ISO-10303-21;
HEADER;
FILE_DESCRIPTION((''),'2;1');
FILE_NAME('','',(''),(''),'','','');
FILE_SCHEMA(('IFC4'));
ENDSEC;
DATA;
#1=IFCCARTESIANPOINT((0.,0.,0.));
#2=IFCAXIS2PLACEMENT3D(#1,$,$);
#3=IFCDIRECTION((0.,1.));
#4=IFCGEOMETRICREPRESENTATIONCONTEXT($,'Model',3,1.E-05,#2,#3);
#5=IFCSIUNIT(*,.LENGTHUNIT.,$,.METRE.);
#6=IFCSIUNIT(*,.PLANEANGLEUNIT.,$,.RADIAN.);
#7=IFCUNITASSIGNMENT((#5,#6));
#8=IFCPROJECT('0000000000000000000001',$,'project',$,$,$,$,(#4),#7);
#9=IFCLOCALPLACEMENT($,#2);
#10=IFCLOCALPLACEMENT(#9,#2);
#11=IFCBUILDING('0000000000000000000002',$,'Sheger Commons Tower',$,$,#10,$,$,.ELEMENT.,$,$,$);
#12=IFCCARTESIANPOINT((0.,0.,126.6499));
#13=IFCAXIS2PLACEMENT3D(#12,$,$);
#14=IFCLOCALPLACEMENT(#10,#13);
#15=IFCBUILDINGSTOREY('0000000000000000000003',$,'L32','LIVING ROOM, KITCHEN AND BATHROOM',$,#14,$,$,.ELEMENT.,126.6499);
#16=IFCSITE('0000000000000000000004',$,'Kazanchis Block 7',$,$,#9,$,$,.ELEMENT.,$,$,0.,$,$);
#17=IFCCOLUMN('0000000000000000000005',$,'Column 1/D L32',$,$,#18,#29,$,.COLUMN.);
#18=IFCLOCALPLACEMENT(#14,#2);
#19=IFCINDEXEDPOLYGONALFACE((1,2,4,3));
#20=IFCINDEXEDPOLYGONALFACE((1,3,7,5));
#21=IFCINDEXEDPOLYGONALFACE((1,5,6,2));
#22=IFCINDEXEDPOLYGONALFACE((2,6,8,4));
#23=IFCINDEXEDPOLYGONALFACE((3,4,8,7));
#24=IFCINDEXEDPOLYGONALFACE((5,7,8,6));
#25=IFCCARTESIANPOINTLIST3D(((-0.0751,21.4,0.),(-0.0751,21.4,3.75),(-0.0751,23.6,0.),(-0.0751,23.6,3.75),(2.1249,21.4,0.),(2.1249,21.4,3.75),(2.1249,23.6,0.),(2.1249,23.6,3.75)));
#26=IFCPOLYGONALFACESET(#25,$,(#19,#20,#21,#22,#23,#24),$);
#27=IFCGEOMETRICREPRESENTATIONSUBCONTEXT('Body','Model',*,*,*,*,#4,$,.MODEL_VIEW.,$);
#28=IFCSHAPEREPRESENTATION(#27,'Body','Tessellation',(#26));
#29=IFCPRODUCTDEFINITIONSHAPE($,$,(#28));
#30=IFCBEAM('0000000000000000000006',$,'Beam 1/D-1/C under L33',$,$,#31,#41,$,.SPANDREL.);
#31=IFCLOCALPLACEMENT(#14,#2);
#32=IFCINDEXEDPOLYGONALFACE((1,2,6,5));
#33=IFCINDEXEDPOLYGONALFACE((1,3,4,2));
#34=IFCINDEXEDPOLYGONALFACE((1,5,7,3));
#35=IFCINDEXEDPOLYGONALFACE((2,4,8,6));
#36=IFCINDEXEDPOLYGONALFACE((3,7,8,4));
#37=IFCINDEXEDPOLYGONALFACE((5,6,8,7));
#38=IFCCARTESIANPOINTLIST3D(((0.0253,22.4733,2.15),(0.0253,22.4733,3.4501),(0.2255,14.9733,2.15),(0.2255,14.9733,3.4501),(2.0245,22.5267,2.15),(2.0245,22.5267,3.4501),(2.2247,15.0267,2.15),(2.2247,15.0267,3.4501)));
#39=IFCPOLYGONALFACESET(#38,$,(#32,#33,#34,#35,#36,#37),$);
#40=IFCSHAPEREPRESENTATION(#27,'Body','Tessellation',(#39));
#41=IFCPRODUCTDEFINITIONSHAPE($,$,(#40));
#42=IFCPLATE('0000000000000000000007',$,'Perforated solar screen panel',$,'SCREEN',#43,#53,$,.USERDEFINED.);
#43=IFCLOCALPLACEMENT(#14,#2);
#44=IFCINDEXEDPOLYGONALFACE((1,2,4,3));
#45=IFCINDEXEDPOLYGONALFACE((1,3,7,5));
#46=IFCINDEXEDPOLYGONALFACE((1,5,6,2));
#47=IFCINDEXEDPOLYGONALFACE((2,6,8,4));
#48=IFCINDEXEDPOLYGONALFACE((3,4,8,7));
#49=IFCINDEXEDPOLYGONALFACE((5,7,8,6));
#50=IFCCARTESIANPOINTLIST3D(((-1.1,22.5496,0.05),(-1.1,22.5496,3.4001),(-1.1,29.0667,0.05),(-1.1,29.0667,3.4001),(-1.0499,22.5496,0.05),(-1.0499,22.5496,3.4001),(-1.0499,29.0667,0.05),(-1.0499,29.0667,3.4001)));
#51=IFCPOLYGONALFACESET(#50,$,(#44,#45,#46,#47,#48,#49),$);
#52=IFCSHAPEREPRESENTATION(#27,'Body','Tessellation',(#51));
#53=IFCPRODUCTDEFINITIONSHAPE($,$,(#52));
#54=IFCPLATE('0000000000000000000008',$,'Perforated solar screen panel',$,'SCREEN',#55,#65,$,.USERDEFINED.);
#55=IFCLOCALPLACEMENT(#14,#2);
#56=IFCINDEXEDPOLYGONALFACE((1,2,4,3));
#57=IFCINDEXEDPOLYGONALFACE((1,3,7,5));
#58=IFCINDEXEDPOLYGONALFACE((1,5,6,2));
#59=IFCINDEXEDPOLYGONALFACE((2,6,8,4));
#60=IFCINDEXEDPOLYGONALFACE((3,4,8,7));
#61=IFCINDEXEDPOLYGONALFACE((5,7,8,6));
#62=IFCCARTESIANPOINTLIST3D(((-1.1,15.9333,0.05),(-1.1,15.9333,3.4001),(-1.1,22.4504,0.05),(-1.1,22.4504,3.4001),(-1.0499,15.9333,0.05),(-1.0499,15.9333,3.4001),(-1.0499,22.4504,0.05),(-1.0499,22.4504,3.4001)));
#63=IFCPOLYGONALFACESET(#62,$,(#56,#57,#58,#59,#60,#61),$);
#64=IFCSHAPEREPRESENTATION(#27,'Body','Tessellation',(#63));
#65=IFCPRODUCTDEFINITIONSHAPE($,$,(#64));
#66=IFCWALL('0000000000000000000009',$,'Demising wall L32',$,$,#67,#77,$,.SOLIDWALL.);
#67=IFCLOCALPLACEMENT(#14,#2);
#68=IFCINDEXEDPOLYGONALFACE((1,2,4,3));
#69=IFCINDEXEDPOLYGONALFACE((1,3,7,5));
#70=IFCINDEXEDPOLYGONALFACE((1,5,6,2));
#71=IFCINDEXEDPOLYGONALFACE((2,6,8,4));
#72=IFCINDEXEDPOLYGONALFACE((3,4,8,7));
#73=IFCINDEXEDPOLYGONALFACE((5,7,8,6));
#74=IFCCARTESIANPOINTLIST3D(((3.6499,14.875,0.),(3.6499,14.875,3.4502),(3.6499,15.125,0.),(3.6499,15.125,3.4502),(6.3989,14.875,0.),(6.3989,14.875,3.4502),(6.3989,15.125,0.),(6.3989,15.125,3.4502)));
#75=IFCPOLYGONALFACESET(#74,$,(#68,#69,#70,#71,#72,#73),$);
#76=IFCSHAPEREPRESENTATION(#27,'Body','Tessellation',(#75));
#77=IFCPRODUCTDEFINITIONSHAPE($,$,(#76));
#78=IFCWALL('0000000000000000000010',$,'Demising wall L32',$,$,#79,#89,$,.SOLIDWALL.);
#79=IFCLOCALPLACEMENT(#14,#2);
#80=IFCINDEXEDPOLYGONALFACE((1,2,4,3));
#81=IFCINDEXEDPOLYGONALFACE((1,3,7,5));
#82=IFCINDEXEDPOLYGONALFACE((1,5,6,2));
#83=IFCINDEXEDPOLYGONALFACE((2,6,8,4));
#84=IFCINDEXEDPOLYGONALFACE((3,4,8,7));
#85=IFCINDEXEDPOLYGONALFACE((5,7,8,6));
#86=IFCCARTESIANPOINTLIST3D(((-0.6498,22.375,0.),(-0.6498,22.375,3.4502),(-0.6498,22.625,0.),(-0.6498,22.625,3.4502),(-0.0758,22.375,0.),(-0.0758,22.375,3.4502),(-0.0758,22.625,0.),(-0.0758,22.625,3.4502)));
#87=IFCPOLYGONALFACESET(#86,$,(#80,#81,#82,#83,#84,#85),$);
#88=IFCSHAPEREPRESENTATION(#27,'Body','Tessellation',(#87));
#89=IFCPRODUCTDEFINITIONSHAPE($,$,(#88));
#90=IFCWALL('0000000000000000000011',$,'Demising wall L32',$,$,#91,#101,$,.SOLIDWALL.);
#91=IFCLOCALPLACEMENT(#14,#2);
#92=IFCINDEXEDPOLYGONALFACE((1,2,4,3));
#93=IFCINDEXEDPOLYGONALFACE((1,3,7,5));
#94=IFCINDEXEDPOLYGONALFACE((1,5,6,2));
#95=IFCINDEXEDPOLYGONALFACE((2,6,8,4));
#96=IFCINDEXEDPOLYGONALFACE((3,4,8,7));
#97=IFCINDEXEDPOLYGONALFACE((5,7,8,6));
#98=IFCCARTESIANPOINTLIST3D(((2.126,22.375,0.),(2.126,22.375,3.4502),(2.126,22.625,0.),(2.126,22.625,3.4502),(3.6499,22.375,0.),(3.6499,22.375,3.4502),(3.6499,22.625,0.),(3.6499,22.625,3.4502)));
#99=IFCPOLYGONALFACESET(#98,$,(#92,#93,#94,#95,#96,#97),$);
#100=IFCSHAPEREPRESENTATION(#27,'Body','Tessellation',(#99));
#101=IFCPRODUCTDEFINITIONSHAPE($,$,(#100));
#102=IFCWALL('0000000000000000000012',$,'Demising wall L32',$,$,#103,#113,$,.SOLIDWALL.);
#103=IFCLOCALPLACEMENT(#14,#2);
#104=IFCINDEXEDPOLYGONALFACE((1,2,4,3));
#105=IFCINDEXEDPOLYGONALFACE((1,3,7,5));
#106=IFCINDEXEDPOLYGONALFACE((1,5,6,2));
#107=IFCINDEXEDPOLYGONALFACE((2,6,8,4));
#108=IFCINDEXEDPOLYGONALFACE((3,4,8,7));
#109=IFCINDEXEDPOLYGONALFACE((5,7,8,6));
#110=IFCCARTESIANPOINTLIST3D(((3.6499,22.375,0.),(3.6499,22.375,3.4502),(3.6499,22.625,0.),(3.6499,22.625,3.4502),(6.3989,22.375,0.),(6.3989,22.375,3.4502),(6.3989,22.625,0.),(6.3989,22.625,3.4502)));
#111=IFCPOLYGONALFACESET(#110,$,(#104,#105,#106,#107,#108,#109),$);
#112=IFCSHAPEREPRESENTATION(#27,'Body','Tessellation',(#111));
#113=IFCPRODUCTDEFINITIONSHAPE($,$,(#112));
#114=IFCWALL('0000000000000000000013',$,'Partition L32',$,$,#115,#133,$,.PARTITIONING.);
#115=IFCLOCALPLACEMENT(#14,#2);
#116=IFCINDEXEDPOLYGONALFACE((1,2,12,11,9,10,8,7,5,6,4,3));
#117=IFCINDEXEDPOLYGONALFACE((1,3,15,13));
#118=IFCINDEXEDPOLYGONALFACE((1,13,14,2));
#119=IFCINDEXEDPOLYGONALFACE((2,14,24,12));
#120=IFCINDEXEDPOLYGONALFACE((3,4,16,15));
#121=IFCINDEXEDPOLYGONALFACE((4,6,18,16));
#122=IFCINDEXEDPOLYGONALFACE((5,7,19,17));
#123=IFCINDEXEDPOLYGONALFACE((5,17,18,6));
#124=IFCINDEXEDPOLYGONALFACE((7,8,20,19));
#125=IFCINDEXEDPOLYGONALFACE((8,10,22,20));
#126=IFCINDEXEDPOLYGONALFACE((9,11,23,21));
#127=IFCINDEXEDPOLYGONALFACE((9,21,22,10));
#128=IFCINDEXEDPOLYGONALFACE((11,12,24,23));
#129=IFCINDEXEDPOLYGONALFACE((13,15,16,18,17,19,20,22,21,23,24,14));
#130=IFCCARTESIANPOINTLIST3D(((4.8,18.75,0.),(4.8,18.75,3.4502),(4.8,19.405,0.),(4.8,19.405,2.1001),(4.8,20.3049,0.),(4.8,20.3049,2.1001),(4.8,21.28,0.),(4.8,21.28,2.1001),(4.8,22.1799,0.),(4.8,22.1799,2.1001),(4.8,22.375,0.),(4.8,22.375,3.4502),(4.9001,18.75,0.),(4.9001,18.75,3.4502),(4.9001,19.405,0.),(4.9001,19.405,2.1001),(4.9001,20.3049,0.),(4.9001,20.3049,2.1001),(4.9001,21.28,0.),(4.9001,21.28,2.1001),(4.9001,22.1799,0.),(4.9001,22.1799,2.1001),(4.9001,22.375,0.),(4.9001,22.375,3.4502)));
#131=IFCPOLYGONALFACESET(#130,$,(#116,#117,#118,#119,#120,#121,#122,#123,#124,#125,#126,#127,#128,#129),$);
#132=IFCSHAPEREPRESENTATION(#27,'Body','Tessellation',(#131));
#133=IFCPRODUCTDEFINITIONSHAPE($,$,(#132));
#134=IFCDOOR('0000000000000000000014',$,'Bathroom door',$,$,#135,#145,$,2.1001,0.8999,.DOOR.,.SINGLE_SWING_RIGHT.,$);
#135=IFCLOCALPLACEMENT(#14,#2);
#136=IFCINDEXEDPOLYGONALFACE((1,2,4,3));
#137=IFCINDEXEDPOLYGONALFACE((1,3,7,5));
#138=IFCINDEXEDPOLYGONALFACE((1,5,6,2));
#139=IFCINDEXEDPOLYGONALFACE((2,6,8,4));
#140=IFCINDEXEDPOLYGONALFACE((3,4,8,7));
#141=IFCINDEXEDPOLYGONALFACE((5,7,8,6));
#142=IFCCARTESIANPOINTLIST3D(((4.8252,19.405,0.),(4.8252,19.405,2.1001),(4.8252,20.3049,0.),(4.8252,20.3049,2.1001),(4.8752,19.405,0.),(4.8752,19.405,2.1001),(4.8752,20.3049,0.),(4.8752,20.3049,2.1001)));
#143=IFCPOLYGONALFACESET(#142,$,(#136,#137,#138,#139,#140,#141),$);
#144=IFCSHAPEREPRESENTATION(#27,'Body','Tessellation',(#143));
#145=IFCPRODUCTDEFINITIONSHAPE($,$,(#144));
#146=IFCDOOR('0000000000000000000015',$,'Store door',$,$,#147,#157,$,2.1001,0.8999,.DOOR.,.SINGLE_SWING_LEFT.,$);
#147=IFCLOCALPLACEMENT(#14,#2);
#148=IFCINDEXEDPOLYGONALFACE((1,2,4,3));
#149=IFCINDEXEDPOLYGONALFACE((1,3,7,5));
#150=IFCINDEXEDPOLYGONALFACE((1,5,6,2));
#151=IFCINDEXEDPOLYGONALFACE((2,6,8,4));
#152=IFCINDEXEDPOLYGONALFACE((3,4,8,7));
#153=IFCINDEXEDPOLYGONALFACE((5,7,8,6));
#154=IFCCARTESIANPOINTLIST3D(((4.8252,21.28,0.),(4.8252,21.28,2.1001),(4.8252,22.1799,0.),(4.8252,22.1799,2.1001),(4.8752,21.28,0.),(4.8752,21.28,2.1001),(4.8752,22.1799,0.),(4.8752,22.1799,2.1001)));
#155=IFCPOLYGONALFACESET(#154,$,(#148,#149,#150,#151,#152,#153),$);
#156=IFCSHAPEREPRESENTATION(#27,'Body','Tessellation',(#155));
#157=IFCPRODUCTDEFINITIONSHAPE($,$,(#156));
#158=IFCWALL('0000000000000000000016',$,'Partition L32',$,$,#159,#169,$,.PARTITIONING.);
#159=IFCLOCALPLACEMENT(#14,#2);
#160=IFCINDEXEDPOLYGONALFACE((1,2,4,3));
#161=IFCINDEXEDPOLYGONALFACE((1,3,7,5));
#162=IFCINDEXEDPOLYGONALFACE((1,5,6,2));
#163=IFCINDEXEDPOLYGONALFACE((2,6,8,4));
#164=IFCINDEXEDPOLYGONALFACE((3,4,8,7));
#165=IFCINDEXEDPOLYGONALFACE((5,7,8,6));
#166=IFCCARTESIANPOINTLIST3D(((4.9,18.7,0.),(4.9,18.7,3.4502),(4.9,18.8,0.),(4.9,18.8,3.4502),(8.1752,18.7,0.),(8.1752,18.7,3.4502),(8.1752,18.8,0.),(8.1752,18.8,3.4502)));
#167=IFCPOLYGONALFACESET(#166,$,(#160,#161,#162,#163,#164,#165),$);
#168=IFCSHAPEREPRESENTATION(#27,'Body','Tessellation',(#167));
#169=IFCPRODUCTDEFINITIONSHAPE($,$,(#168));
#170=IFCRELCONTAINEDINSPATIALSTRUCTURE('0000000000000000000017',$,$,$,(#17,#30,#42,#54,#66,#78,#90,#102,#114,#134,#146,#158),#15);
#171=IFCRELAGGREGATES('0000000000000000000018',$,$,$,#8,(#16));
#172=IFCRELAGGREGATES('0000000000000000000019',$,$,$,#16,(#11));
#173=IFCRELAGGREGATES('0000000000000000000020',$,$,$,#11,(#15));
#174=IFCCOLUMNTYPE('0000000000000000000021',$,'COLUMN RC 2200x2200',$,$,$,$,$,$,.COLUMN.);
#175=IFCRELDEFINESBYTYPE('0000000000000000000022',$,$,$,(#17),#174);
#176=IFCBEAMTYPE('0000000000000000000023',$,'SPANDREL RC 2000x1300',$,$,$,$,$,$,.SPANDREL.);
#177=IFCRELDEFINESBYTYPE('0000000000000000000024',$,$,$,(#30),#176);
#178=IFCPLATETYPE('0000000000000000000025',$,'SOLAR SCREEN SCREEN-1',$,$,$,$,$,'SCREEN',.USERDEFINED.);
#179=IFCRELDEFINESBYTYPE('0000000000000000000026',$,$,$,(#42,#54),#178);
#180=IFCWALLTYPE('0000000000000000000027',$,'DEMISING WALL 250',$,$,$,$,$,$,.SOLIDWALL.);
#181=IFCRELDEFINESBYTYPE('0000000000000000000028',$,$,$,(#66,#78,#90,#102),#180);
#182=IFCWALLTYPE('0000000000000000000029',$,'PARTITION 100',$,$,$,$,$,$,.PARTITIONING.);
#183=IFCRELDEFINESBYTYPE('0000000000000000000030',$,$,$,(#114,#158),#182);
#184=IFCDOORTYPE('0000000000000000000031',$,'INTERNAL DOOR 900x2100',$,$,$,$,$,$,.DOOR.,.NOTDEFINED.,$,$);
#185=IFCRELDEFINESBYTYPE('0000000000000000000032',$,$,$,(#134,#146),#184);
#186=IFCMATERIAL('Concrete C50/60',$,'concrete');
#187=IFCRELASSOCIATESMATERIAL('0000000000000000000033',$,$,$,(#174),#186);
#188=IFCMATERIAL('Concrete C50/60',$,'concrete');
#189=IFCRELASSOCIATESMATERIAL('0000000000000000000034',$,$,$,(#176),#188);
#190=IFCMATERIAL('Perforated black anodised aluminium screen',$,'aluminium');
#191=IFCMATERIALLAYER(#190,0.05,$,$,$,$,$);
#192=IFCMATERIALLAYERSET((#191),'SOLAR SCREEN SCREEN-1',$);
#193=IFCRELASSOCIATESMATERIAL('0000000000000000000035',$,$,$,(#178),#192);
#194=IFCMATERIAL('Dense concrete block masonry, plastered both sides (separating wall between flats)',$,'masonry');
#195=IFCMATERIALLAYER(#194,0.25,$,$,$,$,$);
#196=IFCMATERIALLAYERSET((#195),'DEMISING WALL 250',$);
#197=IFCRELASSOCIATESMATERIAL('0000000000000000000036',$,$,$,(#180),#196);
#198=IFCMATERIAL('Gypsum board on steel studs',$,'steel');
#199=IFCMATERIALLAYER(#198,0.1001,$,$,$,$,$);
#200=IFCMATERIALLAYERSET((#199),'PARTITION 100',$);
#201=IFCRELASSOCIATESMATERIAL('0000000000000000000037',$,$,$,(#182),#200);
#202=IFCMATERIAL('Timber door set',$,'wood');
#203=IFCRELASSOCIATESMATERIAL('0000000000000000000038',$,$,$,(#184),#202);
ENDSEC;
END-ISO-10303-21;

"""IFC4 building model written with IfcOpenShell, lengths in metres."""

from ifc_helpers import new_model, si_unit, direction, frame, frame_2d, origin, origin_2d, place, context, subcontext, project, spatial, rectangle, extrude, material, layer, layer_set, material_profile, profile_set, type_object, element, fill, save


model = new_model("IFC4")

# Units and contexts
model_context = context("Model", 3, precision=1e-05, world=origin(), true_north=direction((0.0, 1.0)))
body_context = subcontext(model_context, "Body", "Model", "MODEL_VIEW")
ifc_project = project(units=[si_unit("LENGTHUNIT", "METRE"), si_unit("PLANEANGLEUNIT", "RADIAN")], contexts=[model_context])

# Site, building, storey
site_placement = place(None, origin())
site = spatial("IfcSite", under=ifc_project, at=site_placement, Name="Kazanchis Block 7", CompositionType="ELEMENT", RefElevation=0.0)
building_placement = place(site_placement, origin())
building = spatial("IfcBuilding", under=site, at=building_placement, Name="Sheger Commons Tower", CompositionType="ELEMENT")
storey_placement = place(building_placement, frame((0.0, 0.0, 126.6499)))
storey = spatial("IfcBuildingStorey", under=building, at=storey_placement, Name="L32", Description="LIVING ROOM, KITCHEN AND BATHROOM", CompositionType="ELEMENT", Elevation=126.6499)

# Column
ifc_material_1 = material(Name="Concrete C50/60", Category="concrete")
ifc_material_profile_1 = material_profile(ifc_material_1, rectangle(XDim=2.2, YDim=2.2, at=origin_2d()), Name="RC 2200x2200")
ifc_profile_set_1 = profile_set([ifc_material_profile_1], Name="Concrete C50/60")
column_type = type_object("IfcColumnType", Name="COLUMN RC 2200x2200", PredefinedType="COLUMN", material=ifc_profile_set_1)
column_placement = place(storey_placement, frame((1.0249, 22.5, 0.0), z_axis=(0.0, 0.0, 1.0), x_axis=(1.0, 0.0, 0.0)))
element("IfcColumn", 1, at=column_placement, inside=storey, type_object=column_type, Name="Column 1/D L32", PredefinedType="COLUMN", context=body_context, shape_type="SweptSolid", body=[
    extrude(rectangle(XDim=2.2, YDim=2.2, at=origin_2d()), origin(), (0.0, 0.0, 1.0), 3.75),
])

# Beam
ifc_material_2 = material(Name="Concrete C50/60", Category="concrete")
ifc_material_profile_2 = material_profile(ifc_material_2, rectangle(XDim=2.0, YDim=1.3, at=origin_2d()), Name="RC 2000x1300")
ifc_profile_set_2 = profile_set([ifc_material_profile_2], Name="Concrete C50/60")
beam_type = type_object("IfcBeamType", Name="SPANDREL RC 2000x1300", PredefinedType="SPANDREL", material=ifc_profile_set_2)
beam_placement = place(storey_placement, frame((1.0249, 22.5, 2.8), z_axis=(0.026683, -0.999644, 0.0), x_axis=(0.999644, 0.026683, 0.0)))
element("IfcBeam", 2, at=beam_placement, inside=storey, type_object=beam_type, Name="Beam 1/D-1/C under L33", PredefinedType="SPANDREL", context=body_context, shape_type="SweptSolid", body=[
    extrude(rectangle(XDim=2.0, YDim=1.3, at=origin_2d()), origin(), (0.0, 0.0, 1.0), 7.5027),
])

# Plates
ifc_material_3 = material(Name="Perforated black anodised aluminium screen", Category="aluminium")
ifc_layer_1 = layer(ifc_material_3, 0.05)
ifc_layer_set_1 = layer_set([ifc_layer_1], Name="SOLAR SCREEN SCREEN-1")
plate_type = type_object("IfcPlateType", Name="SOLAR SCREEN SCREEN-1", ElementType="SCREEN", PredefinedType="USERDEFINED", material=ifc_layer_set_1)
for number, where, z_axis, x_axis, name in (
    (3, (-1.075, 25.8081, 0.05), (0.0, 0.0, 1.0), (0.0, -1.0, 0.0), "Perforated solar screen panel"),
    (4, (-1.075, 19.1919, 0.05), (0.0, 0.0, 1.0), (0.0, -1.0, 0.0), "Perforated solar screen panel"),
):
    element("IfcPlate", number, at=place(storey_placement, frame(where, z_axis=z_axis, x_axis=x_axis)), inside=storey, type_object=plate_type, Name=name, ObjectType="SCREEN", PredefinedType="USERDEFINED", context=body_context, shape_type="SweptSolid", body=[
        extrude(rectangle(XDim=6.5171, YDim=0.05, at=origin_2d()), origin(), (0.0, 0.0, 1.0), 3.3501),
    ])

# Walls
ifc_material_4 = material(Name="Dense concrete block masonry, plastered both sides (separating wall between flats)", Category="masonry")
ifc_layer_2 = layer(ifc_material_4, 0.25)
ifc_layer_set_2 = layer_set([ifc_layer_2], Name="DEMISING WALL 250")
wall_type_1 = type_object("IfcWallType", Name="DEMISING WALL 250", PredefinedType="SOLIDWALL", material=ifc_layer_set_2)
wall_1_placement = place(storey_placement, frame((3.6499, 15.0, 0.0), z_axis=(0.0, 0.0, 1.0), x_axis=(1.0, 0.0, 0.0)))
element("IfcWall", 5, at=wall_1_placement, inside=storey, type_object=wall_type_1, Name="Demising wall L32", PredefinedType="SOLIDWALL", context=body_context, shape_type="SweptSolid", body=[
    extrude(rectangle(XDim=2.749, YDim=0.25, at=frame_2d((1.3745, 0.0))), origin(), (0.0, 0.0, 1.0), 3.4502),
])
wall_2_placement = place(storey_placement, frame((-0.6499, 22.5, 0.0), z_axis=(0.0, 0.0, 1.0), x_axis=(1.0, 0.0, 0.0)))
element("IfcWall", 6, at=wall_2_placement, inside=storey, type_object=wall_type_1, Name="Demising wall L32", PredefinedType="SOLIDWALL", context=body_context, shape_type="SweptSolid", body=[
    extrude(rectangle(XDim=0.574, YDim=0.25, at=frame_2d((0.2871, 0.0))), origin(), (0.0, 0.0, 1.0), 3.4502),
])
wall_3_placement = place(storey_placement, frame((2.126, 22.5, 0.0), z_axis=(0.0, 0.0, 1.0), x_axis=(1.0, 0.0, 0.0)))
element("IfcWall", 7, at=wall_3_placement, inside=storey, type_object=wall_type_1, Name="Demising wall L32", PredefinedType="SOLIDWALL", context=body_context, shape_type="SweptSolid", body=[
    extrude(rectangle(XDim=1.5239, YDim=0.25, at=frame_2d((0.762, 0.0))), origin(), (0.0, 0.0, 1.0), 3.4502),
])
wall_4_placement = place(storey_placement, frame((3.6499, 22.5, 0.0), z_axis=(0.0, 0.0, 1.0), x_axis=(1.0, 0.0, 0.0)))
element("IfcWall", 8, at=wall_4_placement, inside=storey, type_object=wall_type_1, Name="Demising wall L32", PredefinedType="SOLIDWALL", context=body_context, shape_type="SweptSolid", body=[
    extrude(rectangle(XDim=2.749, YDim=0.25, at=frame_2d((1.3745, 0.0))), origin(), (0.0, 0.0, 1.0), 3.4502),
])

# Wall, openings, doors
ifc_material_5 = material(Name="Gypsum board on steel studs", Category="steel")
ifc_layer_3 = layer(ifc_material_5, 0.1001)
ifc_layer_set_3 = layer_set([ifc_layer_3], Name="PARTITION 100")
wall_type_2 = type_object("IfcWallType", Name="PARTITION 100", PredefinedType="PARTITIONING", material=ifc_layer_set_3)
wall_5_placement = place(storey_placement, frame((4.8501, 18.75, 0.0), z_axis=(0.0, 0.0, 1.0), x_axis=(0.0, 1.0, 0.0)))
wall_5 = element("IfcWall", 9, at=wall_5_placement, inside=storey, type_object=wall_type_2, Name="Partition L32", PredefinedType="PARTITIONING", context=body_context, shape_type="SweptSolid", body=[
    extrude(rectangle(XDim=3.625, YDim=0.1001, at=frame_2d((1.8125, 0.0))), origin(), (0.0, 0.0, 1.0), 3.4502),
])
opening_1_placement = place(wall_5_placement, frame((0.655, 0.0, 0.0)))
opening_1 = element("IfcOpeningElement", 10, at=opening_1_placement, cuts=wall_5, PredefinedType="OPENING", context=body_context, shape_type="SweptSolid", body=[
    extrude(rectangle(XDim=0.8999, YDim=2.1001, at=frame_2d((0.45, 1.05))), frame((0.0, 0.0601, 0.0), z_axis=(0.0, -1.0, 0.0), x_axis=(1.0, 0.0, 0.0)), (0.0, 0.0, 1.0), 0.1201),
])
opening_2_placement = place(wall_5_placement, frame((2.53, 0.0, 0.0)))
opening_2 = element("IfcOpeningElement", 11, at=opening_2_placement, cuts=wall_5, PredefinedType="OPENING", context=body_context, shape_type="SweptSolid", body=[
    extrude(rectangle(XDim=0.8999, YDim=2.1001, at=frame_2d((0.45, 1.05))), frame((0.0, 0.0601, 0.0), z_axis=(0.0, -1.0, 0.0), x_axis=(1.0, 0.0, 0.0)), (0.0, 0.0, 1.0), 0.1201),
])
ifc_material_6 = material(Name="Timber door set", Category="wood")
door_type = type_object("IfcDoorType", Name="INTERNAL DOOR 900x2100", OperationType="NOTDEFINED", PredefinedType="DOOR", material=ifc_material_6)
door_1_placement = place(opening_1_placement, origin())
door_1 = element("IfcDoor", 12, at=door_1_placement, inside=storey, type_object=door_type, Name="Bathroom door", OperationType="SINGLE_SWING_RIGHT", OverallHeight=2.1001, OverallWidth=0.8999, PredefinedType="DOOR", context=body_context, shape_type="SweptSolid", body=[
    extrude(rectangle(XDim=0.8999, YDim=2.1001, at=frame_2d((0.45, 1.05))), frame((0.0, 0.0249, 0.0), z_axis=(0.0, -1.0, 0.0), x_axis=(1.0, 0.0, 0.0)), (0.0, 0.0, 1.0), 0.05),
])
fill(opening_1, door_1)
door_2_placement = place(opening_2_placement, origin())
door_2 = element("IfcDoor", 13, at=door_2_placement, inside=storey, type_object=door_type, Name="Store door", OperationType="SINGLE_SWING_LEFT", OverallHeight=2.1001, OverallWidth=0.8999, PredefinedType="DOOR", context=body_context, shape_type="SweptSolid", body=[
    extrude(rectangle(XDim=0.8999, YDim=2.1001, at=frame_2d((0.45, 1.05))), frame((0.0, 0.0249, 0.0), z_axis=(0.0, -1.0, 0.0), x_axis=(1.0, 0.0, 0.0)), (0.0, 0.0, 1.0), 0.05),
])
fill(opening_2, door_2)

# Wall
wall_6_placement = place(storey_placement, frame((4.8999, 18.75, 0.0), z_axis=(0.0, 0.0, 1.0), x_axis=(1.0, 0.0, 0.0)))
element("IfcWall", 14, at=wall_6_placement, inside=storey, type_object=wall_type_2, Name="Partition L32", PredefinedType="PARTITIONING", context=body_context, shape_type="SweptSolid", body=[
    extrude(rectangle(XDim=3.2751, YDim=0.1001, at=frame_2d((1.6377, 0.0))), origin(), (0.0, 0.0, 1.0), 3.4502),
])

save(model, "model.ifc")
